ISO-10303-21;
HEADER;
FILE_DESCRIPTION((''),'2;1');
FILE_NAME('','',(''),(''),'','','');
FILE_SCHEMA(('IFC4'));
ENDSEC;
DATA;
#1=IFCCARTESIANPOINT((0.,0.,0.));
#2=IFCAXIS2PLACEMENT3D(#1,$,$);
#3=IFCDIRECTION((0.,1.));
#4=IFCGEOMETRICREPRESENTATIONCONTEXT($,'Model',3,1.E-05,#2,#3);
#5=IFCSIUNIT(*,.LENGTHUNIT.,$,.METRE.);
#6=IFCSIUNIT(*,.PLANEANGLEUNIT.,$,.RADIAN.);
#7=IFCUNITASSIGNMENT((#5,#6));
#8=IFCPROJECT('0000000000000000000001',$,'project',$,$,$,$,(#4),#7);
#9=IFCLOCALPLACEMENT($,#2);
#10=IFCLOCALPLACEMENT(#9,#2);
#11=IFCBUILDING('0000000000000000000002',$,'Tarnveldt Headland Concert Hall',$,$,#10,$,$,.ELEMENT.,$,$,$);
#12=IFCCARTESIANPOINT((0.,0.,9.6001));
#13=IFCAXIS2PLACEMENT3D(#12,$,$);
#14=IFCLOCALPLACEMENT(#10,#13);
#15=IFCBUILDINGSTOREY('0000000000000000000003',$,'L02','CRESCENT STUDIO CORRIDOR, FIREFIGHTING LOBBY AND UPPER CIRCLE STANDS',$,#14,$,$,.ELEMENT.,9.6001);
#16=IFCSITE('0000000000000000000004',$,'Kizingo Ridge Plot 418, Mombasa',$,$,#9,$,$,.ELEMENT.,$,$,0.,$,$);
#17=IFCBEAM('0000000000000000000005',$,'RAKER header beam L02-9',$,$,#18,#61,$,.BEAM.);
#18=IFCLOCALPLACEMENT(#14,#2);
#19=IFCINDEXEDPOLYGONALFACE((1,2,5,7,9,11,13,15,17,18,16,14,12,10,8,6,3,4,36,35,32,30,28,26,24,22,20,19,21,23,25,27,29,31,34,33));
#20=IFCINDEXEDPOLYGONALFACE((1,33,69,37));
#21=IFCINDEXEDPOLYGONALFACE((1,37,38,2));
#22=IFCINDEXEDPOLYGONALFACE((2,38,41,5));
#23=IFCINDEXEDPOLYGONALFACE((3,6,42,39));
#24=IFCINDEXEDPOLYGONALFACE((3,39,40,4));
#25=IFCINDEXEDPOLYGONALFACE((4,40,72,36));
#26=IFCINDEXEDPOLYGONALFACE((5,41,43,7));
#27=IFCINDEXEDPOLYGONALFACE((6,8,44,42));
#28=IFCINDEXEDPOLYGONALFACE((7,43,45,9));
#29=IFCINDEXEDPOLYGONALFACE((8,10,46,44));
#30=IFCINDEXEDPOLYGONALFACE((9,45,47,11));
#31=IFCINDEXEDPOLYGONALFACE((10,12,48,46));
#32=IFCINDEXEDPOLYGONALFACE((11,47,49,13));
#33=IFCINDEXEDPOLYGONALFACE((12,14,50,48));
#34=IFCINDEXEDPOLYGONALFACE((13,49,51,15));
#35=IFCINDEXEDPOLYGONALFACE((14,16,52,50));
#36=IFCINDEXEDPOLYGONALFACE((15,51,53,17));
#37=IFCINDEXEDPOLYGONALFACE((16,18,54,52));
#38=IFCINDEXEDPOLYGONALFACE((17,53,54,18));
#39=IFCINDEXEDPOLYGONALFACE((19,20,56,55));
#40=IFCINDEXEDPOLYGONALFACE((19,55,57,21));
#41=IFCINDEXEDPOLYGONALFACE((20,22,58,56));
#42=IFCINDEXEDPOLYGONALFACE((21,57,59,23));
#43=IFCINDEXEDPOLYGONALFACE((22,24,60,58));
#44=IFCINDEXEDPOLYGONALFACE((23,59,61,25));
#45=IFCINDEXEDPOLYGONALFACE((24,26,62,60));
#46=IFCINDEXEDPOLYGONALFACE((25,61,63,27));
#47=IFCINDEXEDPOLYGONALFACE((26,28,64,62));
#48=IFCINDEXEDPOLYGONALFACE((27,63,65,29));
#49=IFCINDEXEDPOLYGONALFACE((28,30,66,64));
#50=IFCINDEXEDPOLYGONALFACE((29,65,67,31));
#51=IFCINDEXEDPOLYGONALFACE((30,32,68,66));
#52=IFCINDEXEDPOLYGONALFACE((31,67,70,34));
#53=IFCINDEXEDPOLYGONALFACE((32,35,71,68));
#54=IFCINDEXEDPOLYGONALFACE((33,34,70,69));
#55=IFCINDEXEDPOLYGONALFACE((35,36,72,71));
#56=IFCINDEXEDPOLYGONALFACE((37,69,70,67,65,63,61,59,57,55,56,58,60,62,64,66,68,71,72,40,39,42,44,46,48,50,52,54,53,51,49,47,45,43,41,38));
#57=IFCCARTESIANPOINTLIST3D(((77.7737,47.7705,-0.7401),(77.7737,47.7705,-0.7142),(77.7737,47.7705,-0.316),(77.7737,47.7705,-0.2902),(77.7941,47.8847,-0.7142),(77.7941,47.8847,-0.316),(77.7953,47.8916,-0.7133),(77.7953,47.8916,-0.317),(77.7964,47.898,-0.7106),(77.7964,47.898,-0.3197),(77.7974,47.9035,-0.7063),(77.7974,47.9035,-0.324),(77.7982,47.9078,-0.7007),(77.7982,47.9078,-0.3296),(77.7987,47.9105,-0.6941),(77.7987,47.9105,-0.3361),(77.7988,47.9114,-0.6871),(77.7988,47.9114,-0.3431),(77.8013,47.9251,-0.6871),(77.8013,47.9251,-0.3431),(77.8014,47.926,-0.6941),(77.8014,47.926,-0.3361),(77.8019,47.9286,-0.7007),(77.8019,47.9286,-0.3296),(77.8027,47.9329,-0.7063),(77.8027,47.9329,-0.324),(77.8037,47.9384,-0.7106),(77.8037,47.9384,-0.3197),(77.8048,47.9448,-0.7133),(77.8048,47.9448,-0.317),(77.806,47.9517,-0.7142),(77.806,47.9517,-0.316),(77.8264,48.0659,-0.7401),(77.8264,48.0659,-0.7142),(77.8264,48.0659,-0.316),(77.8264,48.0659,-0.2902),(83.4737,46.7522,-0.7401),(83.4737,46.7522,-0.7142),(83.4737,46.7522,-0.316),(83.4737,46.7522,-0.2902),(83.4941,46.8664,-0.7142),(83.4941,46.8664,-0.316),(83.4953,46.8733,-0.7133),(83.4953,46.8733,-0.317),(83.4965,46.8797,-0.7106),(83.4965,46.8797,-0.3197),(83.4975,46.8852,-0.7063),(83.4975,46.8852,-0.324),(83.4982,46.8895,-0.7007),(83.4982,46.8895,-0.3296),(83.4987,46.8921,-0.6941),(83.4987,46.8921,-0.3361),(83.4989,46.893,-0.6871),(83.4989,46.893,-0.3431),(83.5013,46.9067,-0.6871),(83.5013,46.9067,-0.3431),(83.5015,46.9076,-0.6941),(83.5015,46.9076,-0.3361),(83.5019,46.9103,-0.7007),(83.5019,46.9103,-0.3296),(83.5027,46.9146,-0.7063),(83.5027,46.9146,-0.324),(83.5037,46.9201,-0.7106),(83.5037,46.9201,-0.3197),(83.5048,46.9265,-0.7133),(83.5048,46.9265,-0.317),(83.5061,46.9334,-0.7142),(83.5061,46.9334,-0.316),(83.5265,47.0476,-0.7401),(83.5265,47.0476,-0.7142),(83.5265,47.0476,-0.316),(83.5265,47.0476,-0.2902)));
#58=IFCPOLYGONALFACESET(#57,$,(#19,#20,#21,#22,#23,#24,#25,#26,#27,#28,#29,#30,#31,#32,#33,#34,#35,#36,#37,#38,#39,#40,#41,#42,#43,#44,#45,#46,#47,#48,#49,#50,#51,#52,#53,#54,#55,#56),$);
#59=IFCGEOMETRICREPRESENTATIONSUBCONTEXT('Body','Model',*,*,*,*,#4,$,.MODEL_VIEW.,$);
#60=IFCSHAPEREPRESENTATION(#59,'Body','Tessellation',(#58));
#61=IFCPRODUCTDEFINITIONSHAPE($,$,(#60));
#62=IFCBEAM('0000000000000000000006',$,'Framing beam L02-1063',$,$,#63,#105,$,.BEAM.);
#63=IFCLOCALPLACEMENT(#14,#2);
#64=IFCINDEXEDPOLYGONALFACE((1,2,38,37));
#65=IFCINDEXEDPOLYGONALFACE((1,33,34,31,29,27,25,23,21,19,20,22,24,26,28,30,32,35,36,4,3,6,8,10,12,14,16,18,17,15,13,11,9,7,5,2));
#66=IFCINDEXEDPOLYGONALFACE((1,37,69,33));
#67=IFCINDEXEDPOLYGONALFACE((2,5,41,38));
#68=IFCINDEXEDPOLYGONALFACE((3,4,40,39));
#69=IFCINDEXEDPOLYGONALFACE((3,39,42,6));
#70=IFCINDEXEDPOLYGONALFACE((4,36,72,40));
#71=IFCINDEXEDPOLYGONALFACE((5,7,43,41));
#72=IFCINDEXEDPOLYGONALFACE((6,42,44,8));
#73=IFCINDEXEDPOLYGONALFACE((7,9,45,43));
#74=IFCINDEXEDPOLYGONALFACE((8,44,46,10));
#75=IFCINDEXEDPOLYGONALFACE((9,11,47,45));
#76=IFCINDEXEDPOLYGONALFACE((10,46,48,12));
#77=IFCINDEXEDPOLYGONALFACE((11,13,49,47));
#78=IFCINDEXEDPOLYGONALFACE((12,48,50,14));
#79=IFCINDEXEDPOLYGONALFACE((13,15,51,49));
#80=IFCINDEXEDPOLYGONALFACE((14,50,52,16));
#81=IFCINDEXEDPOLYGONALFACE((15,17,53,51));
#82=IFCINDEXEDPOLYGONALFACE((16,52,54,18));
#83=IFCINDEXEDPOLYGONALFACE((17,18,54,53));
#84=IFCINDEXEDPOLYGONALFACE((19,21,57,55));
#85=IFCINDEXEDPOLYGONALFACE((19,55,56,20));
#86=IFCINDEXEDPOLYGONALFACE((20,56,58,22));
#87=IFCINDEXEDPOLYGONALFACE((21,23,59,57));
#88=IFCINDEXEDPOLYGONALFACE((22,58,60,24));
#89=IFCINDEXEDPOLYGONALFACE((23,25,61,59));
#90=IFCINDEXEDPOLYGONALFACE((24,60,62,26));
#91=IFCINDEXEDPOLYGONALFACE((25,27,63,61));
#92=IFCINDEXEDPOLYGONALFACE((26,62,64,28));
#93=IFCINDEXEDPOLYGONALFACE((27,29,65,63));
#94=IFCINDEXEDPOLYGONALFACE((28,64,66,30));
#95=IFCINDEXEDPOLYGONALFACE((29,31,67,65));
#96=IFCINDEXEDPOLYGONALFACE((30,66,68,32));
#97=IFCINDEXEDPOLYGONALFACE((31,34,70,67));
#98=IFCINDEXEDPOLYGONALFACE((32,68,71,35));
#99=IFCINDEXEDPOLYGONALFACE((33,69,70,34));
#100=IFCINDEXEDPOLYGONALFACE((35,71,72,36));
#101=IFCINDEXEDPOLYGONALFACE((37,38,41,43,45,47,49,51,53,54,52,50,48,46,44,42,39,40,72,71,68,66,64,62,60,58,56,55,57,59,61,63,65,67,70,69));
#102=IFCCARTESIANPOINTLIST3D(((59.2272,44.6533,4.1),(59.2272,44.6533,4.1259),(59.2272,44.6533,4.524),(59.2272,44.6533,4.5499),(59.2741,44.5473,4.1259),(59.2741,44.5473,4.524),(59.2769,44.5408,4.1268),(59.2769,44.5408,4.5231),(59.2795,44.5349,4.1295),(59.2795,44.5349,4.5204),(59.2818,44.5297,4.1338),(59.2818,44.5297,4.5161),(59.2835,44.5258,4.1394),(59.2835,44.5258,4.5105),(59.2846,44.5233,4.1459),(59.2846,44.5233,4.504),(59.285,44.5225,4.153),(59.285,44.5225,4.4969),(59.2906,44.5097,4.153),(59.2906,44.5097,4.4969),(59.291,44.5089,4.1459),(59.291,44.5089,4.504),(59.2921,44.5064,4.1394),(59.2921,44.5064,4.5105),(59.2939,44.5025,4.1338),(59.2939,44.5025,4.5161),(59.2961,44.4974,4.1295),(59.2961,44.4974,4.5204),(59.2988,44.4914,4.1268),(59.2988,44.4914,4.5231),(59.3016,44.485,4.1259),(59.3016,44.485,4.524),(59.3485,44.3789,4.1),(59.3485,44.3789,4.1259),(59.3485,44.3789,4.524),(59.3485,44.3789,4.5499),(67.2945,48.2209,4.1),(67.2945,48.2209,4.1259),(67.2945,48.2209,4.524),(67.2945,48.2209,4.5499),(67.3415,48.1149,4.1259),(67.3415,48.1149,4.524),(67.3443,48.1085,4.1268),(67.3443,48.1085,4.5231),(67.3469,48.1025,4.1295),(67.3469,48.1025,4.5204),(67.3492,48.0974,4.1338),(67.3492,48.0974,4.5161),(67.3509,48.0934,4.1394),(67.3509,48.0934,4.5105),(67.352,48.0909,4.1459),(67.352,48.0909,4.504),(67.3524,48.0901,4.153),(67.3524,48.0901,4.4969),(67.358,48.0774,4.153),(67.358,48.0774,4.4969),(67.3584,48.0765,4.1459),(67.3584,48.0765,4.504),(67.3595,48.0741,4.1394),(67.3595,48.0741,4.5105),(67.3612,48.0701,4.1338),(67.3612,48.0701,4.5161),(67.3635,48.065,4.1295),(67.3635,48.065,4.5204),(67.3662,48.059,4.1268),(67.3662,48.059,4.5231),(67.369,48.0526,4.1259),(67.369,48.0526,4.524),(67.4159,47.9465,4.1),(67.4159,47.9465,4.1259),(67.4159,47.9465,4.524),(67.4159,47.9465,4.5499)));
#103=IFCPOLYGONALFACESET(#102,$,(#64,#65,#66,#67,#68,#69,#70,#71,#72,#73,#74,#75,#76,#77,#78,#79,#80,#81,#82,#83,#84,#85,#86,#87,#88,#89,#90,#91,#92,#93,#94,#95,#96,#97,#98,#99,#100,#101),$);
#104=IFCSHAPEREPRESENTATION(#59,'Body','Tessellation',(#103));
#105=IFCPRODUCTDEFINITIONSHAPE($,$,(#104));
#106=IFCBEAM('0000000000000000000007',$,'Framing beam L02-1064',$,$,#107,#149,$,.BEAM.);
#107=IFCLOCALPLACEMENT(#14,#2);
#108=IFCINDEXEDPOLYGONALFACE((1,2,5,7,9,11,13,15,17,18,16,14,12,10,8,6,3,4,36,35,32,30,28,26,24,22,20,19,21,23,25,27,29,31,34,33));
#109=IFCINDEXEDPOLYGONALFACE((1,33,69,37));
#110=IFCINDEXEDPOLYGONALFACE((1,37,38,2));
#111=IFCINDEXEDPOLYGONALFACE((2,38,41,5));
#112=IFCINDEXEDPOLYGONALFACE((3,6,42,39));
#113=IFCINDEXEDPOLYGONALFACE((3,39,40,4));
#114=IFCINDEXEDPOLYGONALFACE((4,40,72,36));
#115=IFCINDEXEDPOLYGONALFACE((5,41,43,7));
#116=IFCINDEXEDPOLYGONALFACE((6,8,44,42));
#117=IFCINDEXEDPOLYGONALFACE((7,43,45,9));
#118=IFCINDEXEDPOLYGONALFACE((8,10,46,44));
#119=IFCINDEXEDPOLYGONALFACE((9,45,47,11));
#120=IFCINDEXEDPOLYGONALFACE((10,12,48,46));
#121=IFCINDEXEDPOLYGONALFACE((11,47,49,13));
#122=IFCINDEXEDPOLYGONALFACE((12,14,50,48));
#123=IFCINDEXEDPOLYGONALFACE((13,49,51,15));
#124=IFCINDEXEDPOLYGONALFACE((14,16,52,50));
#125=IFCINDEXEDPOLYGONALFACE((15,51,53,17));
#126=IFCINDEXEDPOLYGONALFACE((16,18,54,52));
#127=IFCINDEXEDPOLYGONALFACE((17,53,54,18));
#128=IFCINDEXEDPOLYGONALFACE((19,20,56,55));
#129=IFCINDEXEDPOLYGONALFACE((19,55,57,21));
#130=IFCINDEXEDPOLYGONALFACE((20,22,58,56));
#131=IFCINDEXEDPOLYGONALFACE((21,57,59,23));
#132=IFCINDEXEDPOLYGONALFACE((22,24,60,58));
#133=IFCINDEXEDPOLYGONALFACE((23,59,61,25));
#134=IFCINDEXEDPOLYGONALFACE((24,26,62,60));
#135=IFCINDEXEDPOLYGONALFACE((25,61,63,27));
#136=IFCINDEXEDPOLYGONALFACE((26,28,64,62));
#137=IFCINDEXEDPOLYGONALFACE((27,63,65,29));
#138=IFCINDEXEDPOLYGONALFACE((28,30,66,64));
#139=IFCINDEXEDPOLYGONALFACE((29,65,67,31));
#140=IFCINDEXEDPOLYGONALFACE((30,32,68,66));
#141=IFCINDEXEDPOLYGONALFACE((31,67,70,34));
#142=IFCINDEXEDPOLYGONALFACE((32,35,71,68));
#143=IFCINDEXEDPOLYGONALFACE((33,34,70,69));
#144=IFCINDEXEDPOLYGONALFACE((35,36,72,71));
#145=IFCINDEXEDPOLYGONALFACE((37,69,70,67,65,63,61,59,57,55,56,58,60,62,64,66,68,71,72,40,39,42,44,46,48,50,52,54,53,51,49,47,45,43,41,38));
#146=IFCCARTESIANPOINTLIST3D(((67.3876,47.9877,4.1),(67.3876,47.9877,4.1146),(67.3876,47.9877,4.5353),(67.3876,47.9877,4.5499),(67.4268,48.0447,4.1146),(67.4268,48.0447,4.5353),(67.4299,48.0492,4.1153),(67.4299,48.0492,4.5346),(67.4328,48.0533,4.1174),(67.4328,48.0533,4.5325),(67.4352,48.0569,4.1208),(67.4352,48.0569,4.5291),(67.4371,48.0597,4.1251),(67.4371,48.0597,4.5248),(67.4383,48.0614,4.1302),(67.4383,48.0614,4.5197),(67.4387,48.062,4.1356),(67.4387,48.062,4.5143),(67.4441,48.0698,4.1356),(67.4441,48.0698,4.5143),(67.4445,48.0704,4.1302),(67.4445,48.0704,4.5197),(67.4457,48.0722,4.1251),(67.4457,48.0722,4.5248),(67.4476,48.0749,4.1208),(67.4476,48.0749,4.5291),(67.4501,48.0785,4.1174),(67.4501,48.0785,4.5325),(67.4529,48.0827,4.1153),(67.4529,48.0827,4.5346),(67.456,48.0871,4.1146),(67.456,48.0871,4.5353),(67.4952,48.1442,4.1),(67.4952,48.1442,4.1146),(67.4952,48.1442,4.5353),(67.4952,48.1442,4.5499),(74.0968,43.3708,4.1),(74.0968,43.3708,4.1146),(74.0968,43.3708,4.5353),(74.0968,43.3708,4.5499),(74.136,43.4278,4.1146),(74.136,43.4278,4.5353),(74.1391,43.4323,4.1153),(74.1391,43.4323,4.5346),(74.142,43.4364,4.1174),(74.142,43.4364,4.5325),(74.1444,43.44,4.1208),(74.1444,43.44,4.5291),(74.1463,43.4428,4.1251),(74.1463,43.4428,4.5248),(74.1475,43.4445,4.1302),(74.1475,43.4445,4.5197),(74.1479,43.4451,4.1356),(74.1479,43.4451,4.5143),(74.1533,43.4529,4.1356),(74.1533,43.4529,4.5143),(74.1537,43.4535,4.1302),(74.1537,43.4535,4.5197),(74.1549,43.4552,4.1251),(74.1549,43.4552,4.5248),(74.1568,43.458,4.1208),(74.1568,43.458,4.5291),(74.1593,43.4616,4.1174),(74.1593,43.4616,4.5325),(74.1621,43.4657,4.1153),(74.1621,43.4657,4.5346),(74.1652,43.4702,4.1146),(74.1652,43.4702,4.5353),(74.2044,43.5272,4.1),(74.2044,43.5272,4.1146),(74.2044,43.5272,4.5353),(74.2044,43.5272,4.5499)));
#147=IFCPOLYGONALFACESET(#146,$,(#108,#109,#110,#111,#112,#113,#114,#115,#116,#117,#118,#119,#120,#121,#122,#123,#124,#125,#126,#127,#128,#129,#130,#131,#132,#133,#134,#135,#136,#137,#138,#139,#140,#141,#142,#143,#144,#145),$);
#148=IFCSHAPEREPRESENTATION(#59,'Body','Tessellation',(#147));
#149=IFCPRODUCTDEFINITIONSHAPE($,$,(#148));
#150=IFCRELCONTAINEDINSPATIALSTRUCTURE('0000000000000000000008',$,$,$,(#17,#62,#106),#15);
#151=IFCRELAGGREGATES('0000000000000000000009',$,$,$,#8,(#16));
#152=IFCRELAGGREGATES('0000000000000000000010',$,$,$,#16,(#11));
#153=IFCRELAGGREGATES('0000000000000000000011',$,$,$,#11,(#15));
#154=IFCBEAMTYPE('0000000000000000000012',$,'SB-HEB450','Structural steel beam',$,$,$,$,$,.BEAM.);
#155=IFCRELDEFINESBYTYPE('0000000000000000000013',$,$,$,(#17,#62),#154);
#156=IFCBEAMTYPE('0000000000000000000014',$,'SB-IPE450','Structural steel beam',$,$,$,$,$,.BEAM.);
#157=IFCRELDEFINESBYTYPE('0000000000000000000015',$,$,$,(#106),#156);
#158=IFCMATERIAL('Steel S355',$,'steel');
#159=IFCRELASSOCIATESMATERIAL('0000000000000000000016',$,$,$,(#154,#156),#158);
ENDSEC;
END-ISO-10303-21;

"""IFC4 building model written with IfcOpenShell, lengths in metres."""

from ifc_helpers import new_model, si_unit, direction, frame, origin, origin_2d, place, context, subcontext, project, spatial, i_section, extrude, material, material_profile, profile_set, type_object, element, save


model = new_model("IFC4")

# Units and contexts
model_context = context("Model", 3, precision=1e-05, world=origin(), true_north=direction((0.0, 1.0)))
body_context = subcontext(model_context, "Body", "Model", "MODEL_VIEW")
ifc_project = project(units=[si_unit("LENGTHUNIT", "METRE"), si_unit("PLANEANGLEUNIT", "RADIAN")], contexts=[model_context])

# Site, building, storey
site_placement = place(None, origin())
site = spatial("IfcSite", under=ifc_project, at=site_placement, Name="Kizingo Ridge Plot 418, Mombasa", CompositionType="ELEMENT", RefElevation=0.0)
building_placement = place(site_placement, origin())
building = spatial("IfcBuilding", under=site, at=building_placement, Name="Tarnveldt Headland Concert Hall", CompositionType="ELEMENT")
storey_placement = place(building_placement, frame((0.0, 0.0, 9.6001)))
storey = spatial("IfcBuildingStorey", under=building, at=storey_placement, Name="L02", Description="CRESCENT STUDIO CORRIDOR, FIREFIGHTING LOBBY AND UPPER CIRCLE STANDS", CompositionType="ELEMENT", Elevation=9.6001)

# Shared definitions
ifc_material_1 = material(Name="Steel S355", Category="steel")

# Beams
ifc_material_profile_1 = material_profile(ifc_material_1, i_section(OverallWidth=0.3, OverallDepth=0.45, WebThickness=0.0139, FlangeThickness=0.0259, FilletRadius=0.0271, at=origin_2d()), Name="HEB450", Category="steel")
ifc_profile_set_1 = profile_set([ifc_material_profile_1], Name="Steel S355")
beam_type_1 = type_object("IfcBeamType", Name="SB-HEB450", Description="Structural steel beam", PredefinedType="BEAM", material=ifc_profile_set_1)
beam_1_placement = place(storey_placement, frame((77.8, 47.9182, -0.5151), z_axis=(0.984414, -0.175868, 0.0), x_axis=(0.175868, 0.984414, 0.0)))
element("IfcBeam", 1, at=beam_1_placement, inside=storey, type_object=beam_type_1, Name="RAKER header beam L02-9", PredefinedType="BEAM", context=body_context, shape_type="SweptSolid", body=[
    extrude(i_section(OverallWidth=0.3, OverallDepth=0.45, WebThickness=0.0139, FlangeThickness=0.0259, FilletRadius=0.0271, at=origin_2d()), origin(), (0.0, 0.0, 1.0), 5.7903),
])
beam_2_placement = place(storey_placement, frame((67.3552, 48.0837, 4.325), z_axis=(-0.914562, -0.404445, 0.0), x_axis=(0.404445, -0.914562, 0.0)))
element("IfcBeam", 2, at=beam_2_placement, inside=storey, type_object=beam_type_1, Name="Framing beam L02-1063", PredefinedType="BEAM", context=body_context, shape_type="SweptSolid", body=[
    extrude(i_section(OverallWidth=0.3, OverallDepth=0.45, WebThickness=0.0139, FlangeThickness=0.0259, FilletRadius=0.0271, at=origin_2d()), origin(), (0.0, 0.0, 1.0), 8.821),
])
ifc_material_profile_2 = material_profile(ifc_material_1, i_section(OverallWidth=0.1899, OverallDepth=0.45, WebThickness=0.0095, FlangeThickness=0.0146, FilletRadius=0.021, at=origin_2d()), Name="IPE450", Category="steel")
ifc_profile_set_2 = profile_set([ifc_material_profile_2], Name="Steel S355")
beam_type_2 = type_object("IfcBeamType", Name="SB-IPE450", Description="Structural steel beam", PredefinedType="BEAM", material=ifc_profile_set_2)
beam_3_placement = place(storey_placement, frame((67.4414, 48.0659, 4.325), z_axis=(0.823793, -0.566891, 0.0), x_axis=(0.566891, 0.823793, 0.0)))
element("IfcBeam", 3, at=beam_3_placement, inside=storey, type_object=beam_type_2, Name="Framing beam L02-1064", PredefinedType="BEAM", context=body_context, shape_type="SweptSolid", body=[
    extrude(i_section(OverallWidth=0.1899, OverallDepth=0.45, WebThickness=0.0095, FlangeThickness=0.0146, FilletRadius=0.021, at=origin_2d()), origin(), (0.0, 0.0, 1.0), 8.1443),
])

save(model, "model.ifc")
